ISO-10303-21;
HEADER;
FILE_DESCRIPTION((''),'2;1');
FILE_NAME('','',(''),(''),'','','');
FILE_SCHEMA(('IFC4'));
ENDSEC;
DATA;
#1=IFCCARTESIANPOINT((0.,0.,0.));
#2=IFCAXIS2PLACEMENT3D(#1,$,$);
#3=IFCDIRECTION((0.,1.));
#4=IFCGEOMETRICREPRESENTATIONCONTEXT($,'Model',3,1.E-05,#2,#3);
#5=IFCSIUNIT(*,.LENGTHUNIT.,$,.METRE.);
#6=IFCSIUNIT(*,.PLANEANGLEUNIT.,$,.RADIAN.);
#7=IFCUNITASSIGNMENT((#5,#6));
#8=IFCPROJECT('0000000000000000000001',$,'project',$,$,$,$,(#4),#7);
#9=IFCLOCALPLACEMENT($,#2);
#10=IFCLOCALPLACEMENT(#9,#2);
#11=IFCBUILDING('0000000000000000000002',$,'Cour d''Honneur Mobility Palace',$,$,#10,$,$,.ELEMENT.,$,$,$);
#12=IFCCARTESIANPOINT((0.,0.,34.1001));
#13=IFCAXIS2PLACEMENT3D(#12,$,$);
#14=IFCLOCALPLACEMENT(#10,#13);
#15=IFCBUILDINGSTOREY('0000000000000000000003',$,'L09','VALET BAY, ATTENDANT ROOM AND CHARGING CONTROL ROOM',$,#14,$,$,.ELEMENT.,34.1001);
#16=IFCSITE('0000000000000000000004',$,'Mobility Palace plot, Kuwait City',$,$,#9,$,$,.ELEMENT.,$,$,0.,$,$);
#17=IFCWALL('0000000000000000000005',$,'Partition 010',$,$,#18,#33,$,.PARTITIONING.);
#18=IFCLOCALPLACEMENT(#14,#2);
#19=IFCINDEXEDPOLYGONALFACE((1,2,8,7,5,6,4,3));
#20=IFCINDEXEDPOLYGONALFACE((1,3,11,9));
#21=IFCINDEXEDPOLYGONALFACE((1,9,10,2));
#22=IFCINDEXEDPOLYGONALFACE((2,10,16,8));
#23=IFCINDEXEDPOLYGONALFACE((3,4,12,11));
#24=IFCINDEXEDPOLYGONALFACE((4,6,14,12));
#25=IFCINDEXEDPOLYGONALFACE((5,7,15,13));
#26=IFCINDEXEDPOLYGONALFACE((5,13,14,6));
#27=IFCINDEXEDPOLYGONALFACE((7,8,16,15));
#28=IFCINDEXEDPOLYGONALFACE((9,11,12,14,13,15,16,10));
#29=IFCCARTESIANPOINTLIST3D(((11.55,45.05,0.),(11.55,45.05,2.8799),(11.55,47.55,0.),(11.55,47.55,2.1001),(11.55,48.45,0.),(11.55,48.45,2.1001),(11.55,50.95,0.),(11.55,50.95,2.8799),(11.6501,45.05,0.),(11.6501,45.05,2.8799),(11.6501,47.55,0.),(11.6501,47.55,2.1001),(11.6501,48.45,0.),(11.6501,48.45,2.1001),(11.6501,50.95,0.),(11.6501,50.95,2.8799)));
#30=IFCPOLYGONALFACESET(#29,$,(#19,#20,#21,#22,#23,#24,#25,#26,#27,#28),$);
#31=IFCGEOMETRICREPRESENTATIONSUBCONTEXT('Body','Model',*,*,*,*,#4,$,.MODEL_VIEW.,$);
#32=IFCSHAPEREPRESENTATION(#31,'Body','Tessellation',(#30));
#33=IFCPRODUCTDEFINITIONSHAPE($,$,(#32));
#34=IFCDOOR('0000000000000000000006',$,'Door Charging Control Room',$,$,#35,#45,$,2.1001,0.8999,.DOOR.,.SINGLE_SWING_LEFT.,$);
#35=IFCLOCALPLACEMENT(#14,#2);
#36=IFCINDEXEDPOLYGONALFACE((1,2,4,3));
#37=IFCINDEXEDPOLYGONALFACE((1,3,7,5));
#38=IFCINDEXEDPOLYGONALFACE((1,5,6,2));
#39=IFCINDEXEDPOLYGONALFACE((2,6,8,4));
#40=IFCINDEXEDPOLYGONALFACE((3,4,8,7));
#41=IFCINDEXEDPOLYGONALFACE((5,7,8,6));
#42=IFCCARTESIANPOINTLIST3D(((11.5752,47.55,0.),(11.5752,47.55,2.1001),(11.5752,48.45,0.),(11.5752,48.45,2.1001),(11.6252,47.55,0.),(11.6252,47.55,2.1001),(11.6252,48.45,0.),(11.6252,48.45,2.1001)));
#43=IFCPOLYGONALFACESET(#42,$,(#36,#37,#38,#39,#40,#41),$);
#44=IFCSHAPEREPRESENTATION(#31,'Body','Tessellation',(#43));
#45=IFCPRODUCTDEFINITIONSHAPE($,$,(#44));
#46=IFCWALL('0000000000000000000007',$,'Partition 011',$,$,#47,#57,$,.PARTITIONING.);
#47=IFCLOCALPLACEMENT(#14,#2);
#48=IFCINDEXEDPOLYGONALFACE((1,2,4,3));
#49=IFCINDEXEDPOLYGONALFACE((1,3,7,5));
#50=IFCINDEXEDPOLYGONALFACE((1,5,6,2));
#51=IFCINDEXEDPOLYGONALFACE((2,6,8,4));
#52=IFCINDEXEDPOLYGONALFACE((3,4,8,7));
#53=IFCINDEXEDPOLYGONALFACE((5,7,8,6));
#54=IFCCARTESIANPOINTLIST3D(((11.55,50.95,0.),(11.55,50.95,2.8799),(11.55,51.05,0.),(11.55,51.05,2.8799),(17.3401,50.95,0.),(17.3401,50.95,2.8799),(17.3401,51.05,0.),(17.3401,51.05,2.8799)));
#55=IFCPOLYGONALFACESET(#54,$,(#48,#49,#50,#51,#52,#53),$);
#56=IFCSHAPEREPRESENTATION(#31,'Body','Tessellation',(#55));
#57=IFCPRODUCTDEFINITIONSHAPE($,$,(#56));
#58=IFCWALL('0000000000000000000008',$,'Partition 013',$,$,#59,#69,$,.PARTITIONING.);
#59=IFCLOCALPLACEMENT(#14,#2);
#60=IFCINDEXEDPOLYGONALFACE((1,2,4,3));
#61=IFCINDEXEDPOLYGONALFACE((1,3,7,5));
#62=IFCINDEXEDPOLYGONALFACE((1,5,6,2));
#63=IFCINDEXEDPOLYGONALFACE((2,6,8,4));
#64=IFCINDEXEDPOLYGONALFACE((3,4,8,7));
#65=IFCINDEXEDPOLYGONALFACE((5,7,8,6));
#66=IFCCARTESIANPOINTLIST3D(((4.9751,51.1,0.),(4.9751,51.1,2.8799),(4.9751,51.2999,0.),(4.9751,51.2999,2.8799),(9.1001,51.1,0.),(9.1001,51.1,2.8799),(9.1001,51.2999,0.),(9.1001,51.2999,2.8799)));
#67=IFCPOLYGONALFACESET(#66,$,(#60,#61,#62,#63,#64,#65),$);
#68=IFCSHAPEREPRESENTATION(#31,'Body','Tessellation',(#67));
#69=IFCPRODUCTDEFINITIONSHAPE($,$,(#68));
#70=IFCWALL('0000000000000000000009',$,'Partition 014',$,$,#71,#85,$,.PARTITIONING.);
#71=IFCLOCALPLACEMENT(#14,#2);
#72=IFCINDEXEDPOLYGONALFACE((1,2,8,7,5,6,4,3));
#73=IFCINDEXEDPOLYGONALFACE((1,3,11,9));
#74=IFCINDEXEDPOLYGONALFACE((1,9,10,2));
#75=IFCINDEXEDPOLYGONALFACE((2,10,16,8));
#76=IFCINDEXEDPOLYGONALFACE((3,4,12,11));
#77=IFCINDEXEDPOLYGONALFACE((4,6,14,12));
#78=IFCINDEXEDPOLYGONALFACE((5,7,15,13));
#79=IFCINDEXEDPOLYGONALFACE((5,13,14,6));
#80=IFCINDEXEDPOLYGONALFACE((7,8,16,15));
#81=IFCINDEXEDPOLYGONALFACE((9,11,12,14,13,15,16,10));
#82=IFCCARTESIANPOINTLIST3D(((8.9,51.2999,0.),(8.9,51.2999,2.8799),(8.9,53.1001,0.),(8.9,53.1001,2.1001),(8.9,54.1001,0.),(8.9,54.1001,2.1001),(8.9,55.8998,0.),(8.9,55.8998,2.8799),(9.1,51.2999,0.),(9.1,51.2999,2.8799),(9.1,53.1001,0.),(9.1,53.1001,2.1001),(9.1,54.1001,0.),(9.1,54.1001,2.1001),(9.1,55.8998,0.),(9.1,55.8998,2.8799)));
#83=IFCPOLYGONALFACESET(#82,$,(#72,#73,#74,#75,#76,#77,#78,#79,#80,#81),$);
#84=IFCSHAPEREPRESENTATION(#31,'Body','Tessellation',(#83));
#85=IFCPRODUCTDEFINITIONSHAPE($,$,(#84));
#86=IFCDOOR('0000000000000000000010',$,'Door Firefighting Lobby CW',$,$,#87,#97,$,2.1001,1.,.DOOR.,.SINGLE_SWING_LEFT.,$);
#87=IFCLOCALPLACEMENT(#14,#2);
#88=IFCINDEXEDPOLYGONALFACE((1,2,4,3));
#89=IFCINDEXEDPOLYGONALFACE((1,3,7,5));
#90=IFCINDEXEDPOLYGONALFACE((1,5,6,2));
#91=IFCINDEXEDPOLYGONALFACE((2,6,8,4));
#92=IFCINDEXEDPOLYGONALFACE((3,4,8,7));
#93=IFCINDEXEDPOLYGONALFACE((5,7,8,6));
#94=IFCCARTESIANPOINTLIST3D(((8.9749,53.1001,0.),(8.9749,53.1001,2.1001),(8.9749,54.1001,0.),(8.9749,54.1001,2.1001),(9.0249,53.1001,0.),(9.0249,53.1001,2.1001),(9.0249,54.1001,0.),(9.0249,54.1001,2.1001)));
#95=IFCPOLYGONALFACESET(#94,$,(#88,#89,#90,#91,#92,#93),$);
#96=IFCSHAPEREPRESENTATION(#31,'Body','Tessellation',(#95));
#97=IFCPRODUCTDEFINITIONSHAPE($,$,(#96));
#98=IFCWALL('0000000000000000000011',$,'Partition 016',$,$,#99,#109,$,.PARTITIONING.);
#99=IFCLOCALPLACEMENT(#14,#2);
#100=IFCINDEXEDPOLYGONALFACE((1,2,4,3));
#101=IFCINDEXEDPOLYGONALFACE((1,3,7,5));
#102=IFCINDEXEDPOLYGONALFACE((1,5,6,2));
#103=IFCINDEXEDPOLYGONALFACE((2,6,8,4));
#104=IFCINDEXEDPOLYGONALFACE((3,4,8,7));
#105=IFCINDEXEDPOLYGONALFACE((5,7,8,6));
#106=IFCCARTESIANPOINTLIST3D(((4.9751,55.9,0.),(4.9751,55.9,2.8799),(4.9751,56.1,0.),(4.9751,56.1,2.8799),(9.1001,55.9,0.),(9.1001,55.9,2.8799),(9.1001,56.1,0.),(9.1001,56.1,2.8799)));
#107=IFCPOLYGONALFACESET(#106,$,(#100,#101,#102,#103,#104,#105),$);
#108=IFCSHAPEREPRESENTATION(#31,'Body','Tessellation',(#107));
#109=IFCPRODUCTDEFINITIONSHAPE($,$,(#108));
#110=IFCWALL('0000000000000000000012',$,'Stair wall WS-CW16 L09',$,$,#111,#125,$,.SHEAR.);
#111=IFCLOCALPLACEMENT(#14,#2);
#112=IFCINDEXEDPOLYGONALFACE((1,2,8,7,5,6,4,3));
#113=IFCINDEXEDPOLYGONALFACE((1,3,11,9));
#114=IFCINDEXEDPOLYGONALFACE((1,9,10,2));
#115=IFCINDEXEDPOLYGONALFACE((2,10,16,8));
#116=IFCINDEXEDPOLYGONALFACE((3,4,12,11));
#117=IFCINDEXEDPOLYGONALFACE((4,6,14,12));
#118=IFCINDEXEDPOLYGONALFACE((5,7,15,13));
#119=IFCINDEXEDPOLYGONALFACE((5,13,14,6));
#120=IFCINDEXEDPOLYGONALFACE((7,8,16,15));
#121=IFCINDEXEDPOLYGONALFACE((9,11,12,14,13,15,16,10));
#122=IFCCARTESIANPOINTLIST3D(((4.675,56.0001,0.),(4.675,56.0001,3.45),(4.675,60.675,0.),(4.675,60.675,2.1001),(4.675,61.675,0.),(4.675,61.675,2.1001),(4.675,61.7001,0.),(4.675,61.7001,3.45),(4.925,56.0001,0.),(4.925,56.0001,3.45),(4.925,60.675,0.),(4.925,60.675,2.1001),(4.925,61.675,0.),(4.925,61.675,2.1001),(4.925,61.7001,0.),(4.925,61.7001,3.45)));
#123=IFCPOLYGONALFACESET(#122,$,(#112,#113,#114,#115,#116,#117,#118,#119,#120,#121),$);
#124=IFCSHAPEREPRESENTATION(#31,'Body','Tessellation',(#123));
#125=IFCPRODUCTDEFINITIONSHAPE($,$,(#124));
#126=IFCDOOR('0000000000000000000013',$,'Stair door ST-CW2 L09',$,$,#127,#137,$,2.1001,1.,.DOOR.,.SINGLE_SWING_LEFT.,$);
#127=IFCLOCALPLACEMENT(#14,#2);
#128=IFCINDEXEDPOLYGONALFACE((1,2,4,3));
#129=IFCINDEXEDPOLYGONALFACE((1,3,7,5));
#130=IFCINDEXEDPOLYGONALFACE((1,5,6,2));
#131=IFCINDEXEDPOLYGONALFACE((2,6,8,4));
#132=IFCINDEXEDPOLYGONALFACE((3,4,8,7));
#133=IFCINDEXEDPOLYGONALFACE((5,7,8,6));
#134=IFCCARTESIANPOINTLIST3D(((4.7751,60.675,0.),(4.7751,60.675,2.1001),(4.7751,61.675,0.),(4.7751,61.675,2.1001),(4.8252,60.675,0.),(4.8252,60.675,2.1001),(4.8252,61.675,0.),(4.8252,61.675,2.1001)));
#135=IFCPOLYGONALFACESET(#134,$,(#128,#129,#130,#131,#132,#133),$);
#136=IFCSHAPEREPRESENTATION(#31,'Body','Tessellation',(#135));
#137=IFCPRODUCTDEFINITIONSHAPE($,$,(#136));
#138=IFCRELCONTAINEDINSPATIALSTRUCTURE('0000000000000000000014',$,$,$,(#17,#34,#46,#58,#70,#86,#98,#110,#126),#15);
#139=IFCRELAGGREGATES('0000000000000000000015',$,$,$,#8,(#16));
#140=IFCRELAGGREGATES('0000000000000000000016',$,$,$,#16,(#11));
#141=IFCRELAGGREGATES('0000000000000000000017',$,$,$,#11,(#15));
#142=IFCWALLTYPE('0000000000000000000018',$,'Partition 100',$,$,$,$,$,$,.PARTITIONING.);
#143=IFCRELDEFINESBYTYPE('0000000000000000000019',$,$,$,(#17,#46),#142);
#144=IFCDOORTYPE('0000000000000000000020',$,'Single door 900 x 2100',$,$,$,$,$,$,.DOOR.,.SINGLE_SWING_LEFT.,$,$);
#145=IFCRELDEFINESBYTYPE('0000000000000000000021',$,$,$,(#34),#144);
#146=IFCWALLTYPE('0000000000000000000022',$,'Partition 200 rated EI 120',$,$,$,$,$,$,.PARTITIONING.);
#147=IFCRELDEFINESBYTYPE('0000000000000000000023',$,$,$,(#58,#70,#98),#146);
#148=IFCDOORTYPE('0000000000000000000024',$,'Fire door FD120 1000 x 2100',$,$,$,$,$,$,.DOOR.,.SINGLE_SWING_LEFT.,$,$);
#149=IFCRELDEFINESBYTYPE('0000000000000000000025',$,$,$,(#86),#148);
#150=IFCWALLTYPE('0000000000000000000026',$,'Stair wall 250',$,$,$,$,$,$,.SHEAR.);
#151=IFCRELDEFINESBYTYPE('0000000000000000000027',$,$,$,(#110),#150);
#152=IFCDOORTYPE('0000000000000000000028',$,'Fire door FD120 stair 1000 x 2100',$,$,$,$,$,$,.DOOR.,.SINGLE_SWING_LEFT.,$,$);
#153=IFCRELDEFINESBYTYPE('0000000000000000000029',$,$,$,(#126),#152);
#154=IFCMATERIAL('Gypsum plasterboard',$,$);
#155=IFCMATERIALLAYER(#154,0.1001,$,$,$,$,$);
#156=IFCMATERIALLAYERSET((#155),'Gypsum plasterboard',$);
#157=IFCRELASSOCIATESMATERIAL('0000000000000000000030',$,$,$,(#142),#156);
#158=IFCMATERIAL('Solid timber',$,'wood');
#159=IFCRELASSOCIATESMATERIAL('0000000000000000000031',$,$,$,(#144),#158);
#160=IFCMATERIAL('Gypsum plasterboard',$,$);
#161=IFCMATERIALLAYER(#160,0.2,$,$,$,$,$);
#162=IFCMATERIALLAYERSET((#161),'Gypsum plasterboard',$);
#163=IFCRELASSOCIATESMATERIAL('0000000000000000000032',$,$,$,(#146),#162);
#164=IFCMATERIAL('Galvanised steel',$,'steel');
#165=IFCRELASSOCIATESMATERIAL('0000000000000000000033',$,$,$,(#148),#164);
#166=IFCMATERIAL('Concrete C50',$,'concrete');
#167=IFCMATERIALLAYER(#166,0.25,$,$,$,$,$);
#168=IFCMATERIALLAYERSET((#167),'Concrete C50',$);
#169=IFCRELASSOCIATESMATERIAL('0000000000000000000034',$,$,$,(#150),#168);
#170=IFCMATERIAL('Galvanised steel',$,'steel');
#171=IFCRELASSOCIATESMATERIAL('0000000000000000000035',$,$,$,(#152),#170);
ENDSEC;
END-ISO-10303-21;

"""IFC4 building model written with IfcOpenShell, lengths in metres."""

from ifc_helpers import new_model, si_unit, direction, frame, frame_2d, origin, place, context, subcontext, project, spatial, rectangle, extrude, material, layer, layer_set, type_object, element, fill, save


model = new_model("IFC4")

# Units and contexts
model_context = context("Model", 3, precision=1e-05, world=origin(), true_north=direction((0.0, 1.0)))
body_context = subcontext(model_context, "Body", "Model", "MODEL_VIEW")
ifc_project = project(units=[si_unit("LENGTHUNIT", "METRE"), si_unit("PLANEANGLEUNIT", "RADIAN")], contexts=[model_context])

# Site, building, storey
site_placement = place(None, origin())
site = spatial("IfcSite", under=ifc_project, at=site_placement, Name="Mobility Palace plot, Kuwait City", CompositionType="ELEMENT", RefElevation=0.0)
building_placement = place(site_placement, origin())
building = spatial("IfcBuilding", under=site, at=building_placement, Name="Cour d'Honneur Mobility Palace", CompositionType="ELEMENT")
storey_placement = place(building_placement, frame((0.0, 0.0, 34.1001)))
storey = spatial("IfcBuildingStorey", under=building, at=storey_placement, Name="L09", Description="VALET BAY, ATTENDANT ROOM AND CHARGING CONTROL ROOM", CompositionType="ELEMENT", Elevation=34.1001)

# Wall, opening, door
ifc_material_1 = material(Name="Gypsum plasterboard")
ifc_layer_1 = layer(ifc_material_1, 0.1001)
ifc_layer_set_1 = layer_set([ifc_layer_1], Name="Gypsum plasterboard")
wall_type_1 = type_object("IfcWallType", Name="Partition 100", PredefinedType="PARTITIONING", material=ifc_layer_set_1)
wall_1_placement = place(storey_placement, frame((11.6001, 50.95, 0.0), z_axis=(0.0, 0.0, 1.0), x_axis=(0.0, -1.0, 0.0)))
wall_1 = element("IfcWall", 1, at=wall_1_placement, inside=storey, type_object=wall_type_1, Name="Partition 010", PredefinedType="PARTITIONING", context=body_context, shape_type="SweptSolid", body=[
    extrude(rectangle(XDim=5.8999, YDim=0.1001, at=frame_2d((2.95, 0.0))), origin(), (0.0, 0.0, 1.0), 2.8799),
])
opening_1_placement = place(wall_1_placement, frame((2.5, 0.0, 0.0)))
opening_1 = element("IfcOpeningElement", 2, at=opening_1_placement, cuts=wall_1, PredefinedType="OPENING", context=body_context, shape_type="SweptSolid", body=[
    extrude(rectangle(XDim=0.8999, YDim=2.1001, at=frame_2d((0.45, 1.05))), frame((0.0, 0.0601, 0.0), z_axis=(0.0, -1.0, 0.0), x_axis=(1.0, 0.0, 0.0)), (0.0, 0.0, 1.0), 0.1201),
])
ifc_material_2 = material(Name="Solid timber", Category="wood")
door_type_1 = type_object("IfcDoorType", Name="Single door 900 x 2100", OperationType="SINGLE_SWING_LEFT", PredefinedType="DOOR", material=ifc_material_2)
door_1_placement = place(opening_1_placement, frame((0.8999, 0.0, 0.0), z_axis=(0.0, 0.0, 1.0), x_axis=(-1.0, 0.0, 0.0)))
door_1 = element("IfcDoor", 3, at=door_1_placement, inside=storey, type_object=door_type_1, Name="Door Charging Control Room", OperationType="SINGLE_SWING_LEFT", OverallHeight=2.1001, OverallWidth=0.8999, PredefinedType="DOOR", context=body_context, shape_type="SweptSolid", body=[
    extrude(rectangle(XDim=0.8999, YDim=2.1001, at=frame_2d((0.45, 1.05))), frame((0.0, 0.0249, 0.0), z_axis=(0.0, -1.0, 0.0), x_axis=(1.0, 0.0, 0.0)), (0.0, 0.0, 1.0), 0.05),
])
fill(opening_1, door_1)

# Walls
wall_2_placement = place(storey_placement, frame((17.3401, 51.0, 0.0), z_axis=(0.0, 0.0, 1.0), x_axis=(-1.0, 0.0, 0.0)))
element("IfcWall", 4, at=wall_2_placement, inside=storey, type_object=wall_type_1, Name="Partition 011", PredefinedType="PARTITIONING", context=body_context, shape_type="SweptSolid", body=[
    extrude(rectangle(XDim=5.79, YDim=0.1001, at=frame_2d((2.895, 0.0))), origin(), (0.0, 0.0, 1.0), 2.8799),
])
ifc_material_3 = material(Name="Gypsum plasterboard")
ifc_layer_2 = layer(ifc_material_3, 0.2)
ifc_layer_set_2 = layer_set([ifc_layer_2], Name="Gypsum plasterboard")
wall_type_2 = type_object("IfcWallType", Name="Partition 200 rated EI 120", PredefinedType="PARTITIONING", material=ifc_layer_set_2)
wall_3_placement = place(storey_placement, frame((4.9751, 51.2, 0.0), z_axis=(0.0, 0.0, 1.0), x_axis=(1.0, 0.0, 0.0)))
element("IfcWall", 5, at=wall_3_placement, inside=storey, type_object=wall_type_2, Name="Partition 013", PredefinedType="PARTITIONING", context=body_context, shape_type="SweptSolid", body=[
    extrude(rectangle(XDim=4.125, YDim=0.2, at=frame_2d((2.0625, 0.0))), origin(), (0.0, 0.0, 1.0), 2.8799),
])

# Wall, opening, door
wall_4_placement = place(storey_placement, frame((9.0, 51.3, 0.0), z_axis=(0.0, 0.0, 1.0), x_axis=(0.0, 1.0, 0.0)))
wall_4 = element("IfcWall", 6, at=wall_4_placement, inside=storey, type_object=wall_type_2, Name="Partition 014", PredefinedType="PARTITIONING", context=body_context, shape_type="SweptSolid", body=[
    extrude(rectangle(XDim=4.5999, YDim=0.2, at=frame_2d((2.2998, 0.0))), origin(), (0.0, 0.0, 1.0), 2.8799),
])
opening_2_placement = place(wall_4_placement, frame((1.8, 0.0, 0.0)))
opening_2 = element("IfcOpeningElement", 7, at=opening_2_placement, cuts=wall_4, PredefinedType="OPENING", context=body_context, shape_type="SweptSolid", body=[
    extrude(rectangle(XDim=1.0, YDim=2.1001, at=frame_2d((0.5, 1.05))), frame((0.0, 0.1099, 0.0), z_axis=(0.0, -1.0, 0.0), x_axis=(1.0, 0.0, 0.0)), (0.0, 0.0, 1.0), 0.22),
])
ifc_material_4 = material(Name="Galvanised steel", Category="steel")
door_type_2 = type_object("IfcDoorType", Name="Fire door FD120 1000 x 2100", OperationType="SINGLE_SWING_LEFT", PredefinedType="DOOR", material=ifc_material_4)
door_2_placement = place(opening_2_placement, frame((1.0, 0.0, 0.0), z_axis=(0.0, 0.0, 1.0), x_axis=(-1.0, 0.0, 0.0)))
door_2 = element("IfcDoor", 8, at=door_2_placement, inside=storey, type_object=door_type_2, Name="Door Firefighting Lobby CW", OperationType="SINGLE_SWING_LEFT", OverallHeight=2.1001, OverallWidth=1.0, PredefinedType="DOOR", context=body_context, shape_type="SweptSolid", body=[
    extrude(rectangle(XDim=1.0, YDim=2.1001, at=frame_2d((0.5, 1.05))), frame((0.0, 0.0249, 0.0), z_axis=(0.0, -1.0, 0.0), x_axis=(1.0, 0.0, 0.0)), (0.0, 0.0, 1.0), 0.05),
])
fill(opening_2, door_2)

# Wall
wall_5_placement = place(storey_placement, frame((9.1001, 56.0, 0.0), z_axis=(0.0, 0.0, 1.0), x_axis=(-1.0, 0.0, 0.0)))
element("IfcWall", 9, at=wall_5_placement, inside=storey, type_object=wall_type_2, Name="Partition 016", PredefinedType="PARTITIONING", context=body_context, shape_type="SweptSolid", body=[
    extrude(rectangle(XDim=4.125, YDim=0.2, at=frame_2d((2.0625, 0.0))), origin(), (0.0, 0.0, 1.0), 2.8799),
])

# Wall, opening, door
ifc_material_5 = material(Name="Concrete C50", Category="concrete")
ifc_layer_3 = layer(ifc_material_5, 0.25)
ifc_layer_set_3 = layer_set([ifc_layer_3], Name="Concrete C50")
wall_type_3 = type_object("IfcWallType", Name="Stair wall 250", PredefinedType="SHEAR", material=ifc_layer_set_3)
wall_6_placement = place(storey_placement, frame((4.8, 56.0, 0.0), z_axis=(0.0, 0.0, 1.0), x_axis=(0.0, 1.0, 0.0)))
wall_6 = element("IfcWall", 10, at=wall_6_placement, inside=storey, type_object=wall_type_3, Name="Stair wall WS-CW16 L09", PredefinedType="SHEAR", context=body_context, shape_type="SweptSolid", body=[
    extrude(rectangle(XDim=5.7, YDim=0.25, at=frame_2d((2.8501, 0.0))), origin(), (0.0, 0.0, 1.0), 3.45),
])
opening_3_placement = place(wall_6_placement, frame((4.675, 0.0, 0.0)))
opening_3 = element("IfcOpeningElement", 11, at=opening_3_placement, cuts=wall_6, PredefinedType="OPENING", context=body_context, shape_type="SweptSolid", body=[
    extrude(rectangle(XDim=1.0, YDim=2.1001, at=frame_2d((0.5, 1.05))), frame((0.0, 0.135, 0.0), z_axis=(0.0, -1.0, 0.0), x_axis=(1.0, 0.0, 0.0)), (0.0, 0.0, 1.0), 0.27),
])
ifc_material_6 = material(Name="Galvanised steel", Category="steel")
door_type_3 = type_object("IfcDoorType", Name="Fire door FD120 stair 1000 x 2100", OperationType="SINGLE_SWING_LEFT", PredefinedType="DOOR", material=ifc_material_6)
door_3_placement = place(opening_3_placement, origin())
door_3 = element("IfcDoor", 12, at=door_3_placement, inside=storey, type_object=door_type_3, Name="Stair door ST-CW2 L09", OperationType="SINGLE_SWING_LEFT", OverallHeight=2.1001, OverallWidth=1.0, PredefinedType="DOOR", context=body_context, shape_type="SweptSolid", body=[
    extrude(rectangle(XDim=1.0, YDim=2.1001, at=frame_2d((0.5, 1.05))), frame((0.0, 0.0249, 0.0), z_axis=(0.0, -1.0, 0.0), x_axis=(1.0, 0.0, 0.0)), (0.0, 0.0, 1.0), 0.05),
])
fill(opening_3, door_3)

save(model, "model.ifc")
